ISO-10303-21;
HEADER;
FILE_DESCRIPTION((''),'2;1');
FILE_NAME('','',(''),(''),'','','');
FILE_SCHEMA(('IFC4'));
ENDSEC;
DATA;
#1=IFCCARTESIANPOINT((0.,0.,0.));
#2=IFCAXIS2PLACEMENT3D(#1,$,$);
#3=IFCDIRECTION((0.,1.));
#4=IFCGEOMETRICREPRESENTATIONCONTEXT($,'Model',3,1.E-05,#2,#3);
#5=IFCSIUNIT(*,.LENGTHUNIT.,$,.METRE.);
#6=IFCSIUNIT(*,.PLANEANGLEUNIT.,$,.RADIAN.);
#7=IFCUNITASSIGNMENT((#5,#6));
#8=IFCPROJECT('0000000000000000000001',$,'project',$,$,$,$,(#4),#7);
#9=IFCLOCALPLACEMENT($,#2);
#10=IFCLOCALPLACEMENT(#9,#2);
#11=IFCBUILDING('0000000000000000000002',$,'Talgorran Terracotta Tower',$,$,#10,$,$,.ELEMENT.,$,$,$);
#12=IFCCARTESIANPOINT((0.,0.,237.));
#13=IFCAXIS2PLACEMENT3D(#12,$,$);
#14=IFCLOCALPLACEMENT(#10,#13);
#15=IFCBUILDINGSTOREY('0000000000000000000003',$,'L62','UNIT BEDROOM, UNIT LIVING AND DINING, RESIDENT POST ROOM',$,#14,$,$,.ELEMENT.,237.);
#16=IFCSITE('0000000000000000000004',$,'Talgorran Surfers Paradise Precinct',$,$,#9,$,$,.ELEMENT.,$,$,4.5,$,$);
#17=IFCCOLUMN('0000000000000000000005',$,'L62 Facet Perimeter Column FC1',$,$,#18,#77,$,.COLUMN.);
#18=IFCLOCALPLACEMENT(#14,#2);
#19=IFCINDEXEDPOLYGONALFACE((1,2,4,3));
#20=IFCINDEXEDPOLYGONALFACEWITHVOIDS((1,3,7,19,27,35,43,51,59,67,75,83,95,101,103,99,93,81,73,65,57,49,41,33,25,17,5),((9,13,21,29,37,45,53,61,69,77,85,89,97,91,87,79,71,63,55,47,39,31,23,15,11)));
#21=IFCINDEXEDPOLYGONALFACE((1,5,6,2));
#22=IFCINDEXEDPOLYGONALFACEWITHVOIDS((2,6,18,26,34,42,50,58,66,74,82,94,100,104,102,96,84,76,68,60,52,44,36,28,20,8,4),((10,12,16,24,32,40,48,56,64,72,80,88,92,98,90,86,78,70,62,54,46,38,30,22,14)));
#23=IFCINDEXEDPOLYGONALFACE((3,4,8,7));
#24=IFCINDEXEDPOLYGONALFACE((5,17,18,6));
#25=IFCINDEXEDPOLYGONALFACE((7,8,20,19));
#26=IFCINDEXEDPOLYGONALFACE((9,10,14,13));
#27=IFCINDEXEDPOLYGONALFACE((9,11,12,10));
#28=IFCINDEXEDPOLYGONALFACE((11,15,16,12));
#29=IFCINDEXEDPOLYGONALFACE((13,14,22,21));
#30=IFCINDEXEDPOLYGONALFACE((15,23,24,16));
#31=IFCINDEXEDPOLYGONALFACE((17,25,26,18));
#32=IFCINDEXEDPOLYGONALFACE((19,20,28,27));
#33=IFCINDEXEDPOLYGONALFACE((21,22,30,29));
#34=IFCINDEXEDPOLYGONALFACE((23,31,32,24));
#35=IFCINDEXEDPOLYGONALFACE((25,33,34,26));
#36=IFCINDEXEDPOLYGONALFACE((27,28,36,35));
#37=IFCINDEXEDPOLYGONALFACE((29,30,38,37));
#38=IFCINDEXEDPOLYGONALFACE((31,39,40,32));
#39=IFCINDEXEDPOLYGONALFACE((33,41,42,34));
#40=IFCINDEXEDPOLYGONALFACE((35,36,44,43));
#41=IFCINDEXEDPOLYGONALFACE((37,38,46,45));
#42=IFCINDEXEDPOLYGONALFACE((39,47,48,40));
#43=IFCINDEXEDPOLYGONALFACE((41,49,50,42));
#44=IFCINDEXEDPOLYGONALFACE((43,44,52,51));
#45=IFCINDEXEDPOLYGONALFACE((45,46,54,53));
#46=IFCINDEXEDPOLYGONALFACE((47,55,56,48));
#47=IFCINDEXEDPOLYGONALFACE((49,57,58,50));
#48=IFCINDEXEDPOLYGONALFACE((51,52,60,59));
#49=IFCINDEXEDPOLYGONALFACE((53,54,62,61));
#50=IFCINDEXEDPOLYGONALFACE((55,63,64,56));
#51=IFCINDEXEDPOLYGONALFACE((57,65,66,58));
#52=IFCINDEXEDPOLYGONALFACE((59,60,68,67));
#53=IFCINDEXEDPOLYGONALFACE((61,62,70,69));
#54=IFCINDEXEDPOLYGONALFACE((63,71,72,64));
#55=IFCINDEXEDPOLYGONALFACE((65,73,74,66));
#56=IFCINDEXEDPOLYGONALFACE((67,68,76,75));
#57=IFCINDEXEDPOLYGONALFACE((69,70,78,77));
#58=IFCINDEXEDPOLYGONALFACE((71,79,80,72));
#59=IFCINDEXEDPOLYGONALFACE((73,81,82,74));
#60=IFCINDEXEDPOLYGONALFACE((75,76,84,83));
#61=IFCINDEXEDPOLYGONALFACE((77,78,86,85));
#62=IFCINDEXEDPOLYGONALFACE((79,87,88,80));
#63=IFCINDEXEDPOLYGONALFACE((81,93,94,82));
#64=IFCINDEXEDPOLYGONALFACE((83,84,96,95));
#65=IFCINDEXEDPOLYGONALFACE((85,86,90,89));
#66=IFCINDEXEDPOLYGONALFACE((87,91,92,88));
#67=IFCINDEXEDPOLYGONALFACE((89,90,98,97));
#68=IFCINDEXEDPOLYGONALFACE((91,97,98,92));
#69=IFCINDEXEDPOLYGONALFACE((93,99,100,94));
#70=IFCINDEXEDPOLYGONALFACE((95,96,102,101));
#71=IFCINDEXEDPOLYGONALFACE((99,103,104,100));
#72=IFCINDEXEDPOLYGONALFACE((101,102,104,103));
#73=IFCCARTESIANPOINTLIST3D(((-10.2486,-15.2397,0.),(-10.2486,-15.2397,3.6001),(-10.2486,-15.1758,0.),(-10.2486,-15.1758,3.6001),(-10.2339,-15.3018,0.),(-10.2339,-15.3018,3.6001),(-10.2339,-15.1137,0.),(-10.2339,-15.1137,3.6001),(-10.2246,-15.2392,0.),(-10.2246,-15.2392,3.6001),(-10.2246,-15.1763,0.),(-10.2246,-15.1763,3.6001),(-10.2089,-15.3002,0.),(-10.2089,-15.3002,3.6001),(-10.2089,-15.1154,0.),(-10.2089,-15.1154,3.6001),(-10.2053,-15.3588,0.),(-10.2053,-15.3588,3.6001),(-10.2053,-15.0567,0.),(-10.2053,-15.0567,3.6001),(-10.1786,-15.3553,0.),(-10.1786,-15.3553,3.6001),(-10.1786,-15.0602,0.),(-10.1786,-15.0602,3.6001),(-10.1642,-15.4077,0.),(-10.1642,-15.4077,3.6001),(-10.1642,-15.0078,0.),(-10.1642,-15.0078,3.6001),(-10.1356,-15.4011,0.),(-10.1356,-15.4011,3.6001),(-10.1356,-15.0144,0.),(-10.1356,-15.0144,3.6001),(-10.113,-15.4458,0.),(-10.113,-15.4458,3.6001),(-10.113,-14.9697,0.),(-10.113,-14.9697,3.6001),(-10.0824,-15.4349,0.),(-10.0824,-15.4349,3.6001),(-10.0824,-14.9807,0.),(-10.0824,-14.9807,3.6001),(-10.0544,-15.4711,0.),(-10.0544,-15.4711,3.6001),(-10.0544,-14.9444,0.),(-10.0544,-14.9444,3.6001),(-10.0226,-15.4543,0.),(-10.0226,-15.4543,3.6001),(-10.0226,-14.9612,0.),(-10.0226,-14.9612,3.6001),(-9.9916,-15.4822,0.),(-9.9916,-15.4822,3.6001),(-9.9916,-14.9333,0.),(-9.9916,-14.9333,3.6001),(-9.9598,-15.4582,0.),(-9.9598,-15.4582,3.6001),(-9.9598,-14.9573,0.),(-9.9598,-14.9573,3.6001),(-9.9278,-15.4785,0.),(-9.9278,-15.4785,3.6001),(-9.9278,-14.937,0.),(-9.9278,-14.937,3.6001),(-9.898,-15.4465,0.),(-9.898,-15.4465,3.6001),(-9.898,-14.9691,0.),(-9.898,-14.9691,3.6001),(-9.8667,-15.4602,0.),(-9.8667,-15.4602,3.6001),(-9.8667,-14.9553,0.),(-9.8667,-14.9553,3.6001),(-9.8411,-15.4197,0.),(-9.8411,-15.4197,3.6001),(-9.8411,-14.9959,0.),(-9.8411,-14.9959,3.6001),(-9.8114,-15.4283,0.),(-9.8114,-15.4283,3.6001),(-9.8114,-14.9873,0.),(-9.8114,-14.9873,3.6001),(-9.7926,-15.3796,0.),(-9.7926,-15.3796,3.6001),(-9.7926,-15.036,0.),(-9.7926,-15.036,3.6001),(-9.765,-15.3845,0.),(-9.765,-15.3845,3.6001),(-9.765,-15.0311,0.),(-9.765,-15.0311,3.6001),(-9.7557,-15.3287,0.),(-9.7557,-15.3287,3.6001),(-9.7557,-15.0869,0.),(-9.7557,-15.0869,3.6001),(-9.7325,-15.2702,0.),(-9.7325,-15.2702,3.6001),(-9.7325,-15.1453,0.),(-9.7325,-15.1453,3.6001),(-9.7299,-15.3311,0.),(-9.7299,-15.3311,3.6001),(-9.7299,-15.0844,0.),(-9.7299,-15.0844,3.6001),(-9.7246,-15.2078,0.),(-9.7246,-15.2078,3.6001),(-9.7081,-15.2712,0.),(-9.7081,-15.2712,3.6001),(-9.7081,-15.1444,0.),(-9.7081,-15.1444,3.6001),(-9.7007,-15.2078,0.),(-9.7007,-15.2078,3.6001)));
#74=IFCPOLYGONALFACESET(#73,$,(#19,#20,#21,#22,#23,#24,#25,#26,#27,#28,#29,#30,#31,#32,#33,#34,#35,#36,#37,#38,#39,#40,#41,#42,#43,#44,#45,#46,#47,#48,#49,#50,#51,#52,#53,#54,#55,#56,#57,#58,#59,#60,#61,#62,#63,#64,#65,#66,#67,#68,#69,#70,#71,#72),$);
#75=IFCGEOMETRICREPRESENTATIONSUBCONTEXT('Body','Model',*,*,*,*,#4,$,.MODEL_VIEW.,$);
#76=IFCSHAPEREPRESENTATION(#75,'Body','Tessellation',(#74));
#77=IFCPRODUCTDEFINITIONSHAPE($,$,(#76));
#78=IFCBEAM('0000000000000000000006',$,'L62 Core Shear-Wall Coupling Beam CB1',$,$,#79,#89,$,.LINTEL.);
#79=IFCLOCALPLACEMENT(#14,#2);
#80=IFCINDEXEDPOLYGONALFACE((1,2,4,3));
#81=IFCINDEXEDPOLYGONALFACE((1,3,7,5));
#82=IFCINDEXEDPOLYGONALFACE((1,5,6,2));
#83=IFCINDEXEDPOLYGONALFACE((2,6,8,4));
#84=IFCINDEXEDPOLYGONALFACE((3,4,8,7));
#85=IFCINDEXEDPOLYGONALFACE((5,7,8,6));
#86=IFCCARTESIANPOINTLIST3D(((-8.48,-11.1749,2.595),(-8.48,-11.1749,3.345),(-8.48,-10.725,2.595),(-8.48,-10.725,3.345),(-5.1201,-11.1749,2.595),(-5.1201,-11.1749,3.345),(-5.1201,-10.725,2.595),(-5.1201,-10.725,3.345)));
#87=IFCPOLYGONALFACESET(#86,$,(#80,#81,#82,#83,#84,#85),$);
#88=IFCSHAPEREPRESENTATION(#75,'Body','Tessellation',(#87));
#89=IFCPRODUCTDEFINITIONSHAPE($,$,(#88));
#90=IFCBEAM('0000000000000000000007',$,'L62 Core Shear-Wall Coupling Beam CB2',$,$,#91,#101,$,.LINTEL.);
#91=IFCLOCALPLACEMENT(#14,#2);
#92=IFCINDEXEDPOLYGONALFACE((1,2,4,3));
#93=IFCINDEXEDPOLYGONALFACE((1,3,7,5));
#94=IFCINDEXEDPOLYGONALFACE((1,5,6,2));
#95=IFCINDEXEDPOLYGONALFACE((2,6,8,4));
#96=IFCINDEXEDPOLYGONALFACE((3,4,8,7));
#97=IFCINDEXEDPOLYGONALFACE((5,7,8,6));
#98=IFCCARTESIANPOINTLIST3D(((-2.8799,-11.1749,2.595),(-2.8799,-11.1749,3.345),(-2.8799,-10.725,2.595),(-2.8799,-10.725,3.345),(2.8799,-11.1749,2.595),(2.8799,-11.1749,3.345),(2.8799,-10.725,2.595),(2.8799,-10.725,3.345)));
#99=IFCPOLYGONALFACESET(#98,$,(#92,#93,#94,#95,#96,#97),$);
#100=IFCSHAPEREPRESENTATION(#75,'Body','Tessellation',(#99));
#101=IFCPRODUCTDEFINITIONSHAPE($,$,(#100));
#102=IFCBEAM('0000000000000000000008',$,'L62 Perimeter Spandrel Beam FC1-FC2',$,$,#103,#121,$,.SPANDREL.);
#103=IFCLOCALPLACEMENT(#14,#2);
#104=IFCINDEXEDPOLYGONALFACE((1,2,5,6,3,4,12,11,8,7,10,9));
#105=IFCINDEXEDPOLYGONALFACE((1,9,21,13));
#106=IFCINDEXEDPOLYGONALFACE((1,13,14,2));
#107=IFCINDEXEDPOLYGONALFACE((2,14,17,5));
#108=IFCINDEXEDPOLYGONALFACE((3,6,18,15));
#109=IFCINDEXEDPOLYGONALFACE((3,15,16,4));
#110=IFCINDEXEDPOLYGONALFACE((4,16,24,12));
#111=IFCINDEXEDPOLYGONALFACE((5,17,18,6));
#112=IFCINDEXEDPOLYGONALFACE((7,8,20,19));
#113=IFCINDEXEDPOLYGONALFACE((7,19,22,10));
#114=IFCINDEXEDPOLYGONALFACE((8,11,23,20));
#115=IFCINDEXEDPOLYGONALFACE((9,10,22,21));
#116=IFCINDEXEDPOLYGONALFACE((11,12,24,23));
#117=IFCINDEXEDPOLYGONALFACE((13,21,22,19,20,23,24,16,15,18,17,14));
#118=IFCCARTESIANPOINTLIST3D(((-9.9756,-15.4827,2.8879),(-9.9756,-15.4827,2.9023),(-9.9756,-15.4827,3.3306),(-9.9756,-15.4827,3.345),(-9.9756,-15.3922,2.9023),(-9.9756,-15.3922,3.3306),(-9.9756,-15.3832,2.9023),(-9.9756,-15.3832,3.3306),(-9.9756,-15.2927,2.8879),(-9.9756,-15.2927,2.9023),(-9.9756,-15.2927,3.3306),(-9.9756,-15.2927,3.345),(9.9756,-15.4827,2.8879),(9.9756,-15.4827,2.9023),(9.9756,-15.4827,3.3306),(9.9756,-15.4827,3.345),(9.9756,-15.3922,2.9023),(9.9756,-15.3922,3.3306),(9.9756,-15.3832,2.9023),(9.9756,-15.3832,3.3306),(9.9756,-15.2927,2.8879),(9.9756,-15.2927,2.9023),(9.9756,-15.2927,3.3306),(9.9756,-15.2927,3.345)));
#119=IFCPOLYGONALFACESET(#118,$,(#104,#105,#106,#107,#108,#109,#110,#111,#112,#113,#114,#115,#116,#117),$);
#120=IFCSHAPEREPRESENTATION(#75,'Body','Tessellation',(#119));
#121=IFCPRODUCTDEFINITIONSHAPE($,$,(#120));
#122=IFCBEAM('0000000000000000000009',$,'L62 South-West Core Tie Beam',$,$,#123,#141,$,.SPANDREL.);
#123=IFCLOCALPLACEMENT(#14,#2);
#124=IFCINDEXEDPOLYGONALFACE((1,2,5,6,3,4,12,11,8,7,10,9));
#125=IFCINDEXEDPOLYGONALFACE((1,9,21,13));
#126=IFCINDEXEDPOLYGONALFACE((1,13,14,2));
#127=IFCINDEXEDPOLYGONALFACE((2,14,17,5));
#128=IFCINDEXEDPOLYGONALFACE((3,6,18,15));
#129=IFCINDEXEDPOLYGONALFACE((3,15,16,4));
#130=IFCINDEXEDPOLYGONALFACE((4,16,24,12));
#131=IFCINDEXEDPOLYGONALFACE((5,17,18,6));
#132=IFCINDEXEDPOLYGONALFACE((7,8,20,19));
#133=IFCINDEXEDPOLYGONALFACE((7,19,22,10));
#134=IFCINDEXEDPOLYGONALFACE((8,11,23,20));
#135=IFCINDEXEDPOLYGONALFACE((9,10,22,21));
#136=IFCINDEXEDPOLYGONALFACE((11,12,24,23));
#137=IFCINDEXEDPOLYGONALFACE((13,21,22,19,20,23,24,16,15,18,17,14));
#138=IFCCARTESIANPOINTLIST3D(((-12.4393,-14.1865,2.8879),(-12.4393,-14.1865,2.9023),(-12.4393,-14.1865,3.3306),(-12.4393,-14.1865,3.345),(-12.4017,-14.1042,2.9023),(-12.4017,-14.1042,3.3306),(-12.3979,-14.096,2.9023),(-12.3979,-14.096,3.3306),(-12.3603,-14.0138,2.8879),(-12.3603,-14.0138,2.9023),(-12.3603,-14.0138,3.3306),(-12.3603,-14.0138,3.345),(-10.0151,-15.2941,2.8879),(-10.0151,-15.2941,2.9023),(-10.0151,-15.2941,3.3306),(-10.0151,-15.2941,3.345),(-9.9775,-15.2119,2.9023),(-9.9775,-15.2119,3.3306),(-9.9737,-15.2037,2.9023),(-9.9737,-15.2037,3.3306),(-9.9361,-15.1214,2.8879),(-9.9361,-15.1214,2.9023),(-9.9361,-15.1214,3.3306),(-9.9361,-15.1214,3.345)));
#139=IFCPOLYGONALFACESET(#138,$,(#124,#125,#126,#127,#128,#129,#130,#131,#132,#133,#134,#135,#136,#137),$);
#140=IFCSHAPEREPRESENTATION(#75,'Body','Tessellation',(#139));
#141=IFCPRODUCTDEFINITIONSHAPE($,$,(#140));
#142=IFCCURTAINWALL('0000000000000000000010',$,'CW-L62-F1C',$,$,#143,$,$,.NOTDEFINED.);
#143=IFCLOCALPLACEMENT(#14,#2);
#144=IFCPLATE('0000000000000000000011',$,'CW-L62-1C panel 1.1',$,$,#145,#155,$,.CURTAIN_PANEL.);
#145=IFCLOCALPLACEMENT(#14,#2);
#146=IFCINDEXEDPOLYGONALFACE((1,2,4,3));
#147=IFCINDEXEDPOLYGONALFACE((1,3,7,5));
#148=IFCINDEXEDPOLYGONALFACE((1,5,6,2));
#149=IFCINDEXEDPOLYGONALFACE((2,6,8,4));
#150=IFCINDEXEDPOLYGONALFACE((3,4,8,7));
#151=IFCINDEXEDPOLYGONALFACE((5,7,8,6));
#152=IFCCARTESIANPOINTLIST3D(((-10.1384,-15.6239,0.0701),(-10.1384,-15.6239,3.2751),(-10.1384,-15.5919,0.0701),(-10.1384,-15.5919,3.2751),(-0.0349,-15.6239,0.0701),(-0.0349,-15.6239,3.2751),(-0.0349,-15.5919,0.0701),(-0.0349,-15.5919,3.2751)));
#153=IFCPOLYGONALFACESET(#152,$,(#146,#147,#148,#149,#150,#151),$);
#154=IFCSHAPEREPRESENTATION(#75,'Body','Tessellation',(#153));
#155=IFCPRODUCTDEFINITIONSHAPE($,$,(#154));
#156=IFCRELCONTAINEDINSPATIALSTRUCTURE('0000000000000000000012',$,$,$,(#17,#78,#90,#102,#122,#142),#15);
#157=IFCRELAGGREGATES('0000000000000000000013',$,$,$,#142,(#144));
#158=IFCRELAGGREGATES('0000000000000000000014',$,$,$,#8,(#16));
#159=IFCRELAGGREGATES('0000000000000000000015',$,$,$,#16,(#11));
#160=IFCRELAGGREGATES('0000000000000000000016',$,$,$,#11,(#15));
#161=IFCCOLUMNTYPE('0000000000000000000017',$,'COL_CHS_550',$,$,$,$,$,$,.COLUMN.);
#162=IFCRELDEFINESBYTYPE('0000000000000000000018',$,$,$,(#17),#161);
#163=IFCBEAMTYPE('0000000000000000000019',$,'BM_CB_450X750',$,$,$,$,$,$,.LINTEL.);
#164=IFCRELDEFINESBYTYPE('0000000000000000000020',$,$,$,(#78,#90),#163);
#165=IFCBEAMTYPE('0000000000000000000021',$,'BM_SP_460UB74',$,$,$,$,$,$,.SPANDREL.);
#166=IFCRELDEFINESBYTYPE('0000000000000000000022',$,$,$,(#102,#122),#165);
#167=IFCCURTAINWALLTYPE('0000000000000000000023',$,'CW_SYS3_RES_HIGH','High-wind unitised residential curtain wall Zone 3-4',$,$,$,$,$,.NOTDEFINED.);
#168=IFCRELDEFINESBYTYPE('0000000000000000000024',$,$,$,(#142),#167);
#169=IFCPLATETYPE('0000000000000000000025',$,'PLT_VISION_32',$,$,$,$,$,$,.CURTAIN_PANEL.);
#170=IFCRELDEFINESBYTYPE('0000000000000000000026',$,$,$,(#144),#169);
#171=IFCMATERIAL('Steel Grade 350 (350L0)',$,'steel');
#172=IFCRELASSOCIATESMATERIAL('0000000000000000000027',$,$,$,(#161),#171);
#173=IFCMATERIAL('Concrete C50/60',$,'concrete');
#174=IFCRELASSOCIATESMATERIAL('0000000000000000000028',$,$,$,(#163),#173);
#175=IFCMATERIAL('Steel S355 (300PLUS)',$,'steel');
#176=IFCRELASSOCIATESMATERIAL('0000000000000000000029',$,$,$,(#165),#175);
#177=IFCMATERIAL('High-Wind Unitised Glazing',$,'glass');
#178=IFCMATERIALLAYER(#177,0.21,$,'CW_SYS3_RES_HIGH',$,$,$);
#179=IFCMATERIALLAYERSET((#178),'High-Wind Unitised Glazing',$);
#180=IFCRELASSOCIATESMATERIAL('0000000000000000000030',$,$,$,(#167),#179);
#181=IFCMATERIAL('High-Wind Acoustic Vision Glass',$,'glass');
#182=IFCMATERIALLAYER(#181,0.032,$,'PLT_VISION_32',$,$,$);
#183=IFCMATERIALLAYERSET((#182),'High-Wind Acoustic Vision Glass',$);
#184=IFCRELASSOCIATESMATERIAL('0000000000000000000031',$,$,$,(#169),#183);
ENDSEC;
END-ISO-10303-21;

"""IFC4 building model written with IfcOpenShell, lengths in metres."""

from ifc_helpers import new_model, si_unit, direction, frame, origin, origin_2d, place, context, subcontext, project, spatial, rectangle, hollow_circle, i_section, extrude, source, transform, mapped, material, layer, layer_set, material_profile, profile_set, type_object, type_shapes, element, aggregate, save


model = new_model("IFC4")

# Units and contexts
model_context = context("Model", 3, precision=1e-05, world=origin(), true_north=direction((0.0, 1.0)))
body_context = subcontext(model_context, "Body", "Model", "MODEL_VIEW")
ifc_project = project(units=[si_unit("LENGTHUNIT", "METRE"), si_unit("PLANEANGLEUNIT", "RADIAN")], contexts=[model_context])

# Site, building, storey
site_placement = place(None, origin())
site = spatial("IfcSite", under=ifc_project, at=site_placement, Name="Talgorran Surfers Paradise Precinct", CompositionType="ELEMENT", RefElevation=4.5)
building_placement = place(site_placement, origin())
building = spatial("IfcBuilding", under=site, at=building_placement, Name="Talgorran Terracotta Tower", CompositionType="ELEMENT")
storey_placement = place(building_placement, frame((0.0, 0.0, 237.0)))
storey = spatial("IfcBuildingStorey", under=building, at=storey_placement, Name="L62", Description="UNIT BEDROOM, UNIT LIVING AND DINING, RESIDENT POST ROOM", CompositionType="ELEMENT", Elevation=237.0)

# Column
ifc_material_1 = material(Name="Steel Grade 350 (350L0)", Category="steel")
ifc_material_profile_1 = material_profile(ifc_material_1, hollow_circle(Radius=0.2749, WallThickness=0.0239, at=origin_2d()), Name="CHS550X24")
ifc_profile_set_1 = profile_set([ifc_material_profile_1], Name="Steel Grade 350 (350L0)")
column_type = type_object("IfcColumnType", Name="COL_CHS_550", PredefinedType="COLUMN", material=ifc_profile_set_1)
column_placement = place(storey_placement, frame((-9.9756, -15.2078, 0.0), z_axis=(0.0, 0.0, 1.0), x_axis=(1.0, 0.0, 0.0)))
element("IfcColumn", 1, at=column_placement, inside=storey, type_object=column_type, Name="L62 Facet Perimeter Column FC1", PredefinedType="COLUMN", context=body_context, shape_type="SweptSolid", body=[
    extrude(hollow_circle(Radius=0.2749, WallThickness=0.0239, at=origin_2d()), origin(), (0.0, 0.0, 1.0), 3.6001),
])

# Beams
ifc_material_2 = material(Name="Concrete C50/60", Category="concrete")
ifc_material_profile_2 = material_profile(ifc_material_2, rectangle(XDim=0.45, YDim=0.75, at=origin_2d()), Name="RCCB450X750")
ifc_profile_set_2 = profile_set([ifc_material_profile_2], Name="Concrete C50/60")
beam_type_1 = type_object("IfcBeamType", Name="BM_CB_450X750", PredefinedType="LINTEL", material=ifc_profile_set_2)
beam_1_placement = place(storey_placement, frame((-8.48, -10.95, 2.97), z_axis=(1.0, 0.0, 0.0), x_axis=(0.0, 1.0, 0.0)))
element("IfcBeam", 2, at=beam_1_placement, inside=storey, type_object=beam_type_1, Name="L62 Core Shear-Wall Coupling Beam CB1", PredefinedType="LINTEL", context=body_context, shape_type="SweptSolid", body=[
    extrude(rectangle(XDim=0.45, YDim=0.75, at=origin_2d()), origin(), (0.0, 0.0, 1.0), 3.3599),
])
beam_2_placement = place(storey_placement, frame((-2.8799, -10.95, 2.97), z_axis=(1.0, 0.0, 0.0), x_axis=(0.0, 1.0, 0.0)))
element("IfcBeam", 3, at=beam_2_placement, inside=storey, type_object=beam_type_1, Name="L62 Core Shear-Wall Coupling Beam CB2", PredefinedType="LINTEL", context=body_context, shape_type="SweptSolid", body=[
    extrude(rectangle(XDim=0.45, YDim=0.75, at=origin_2d()), origin(), (0.0, 0.0, 1.0), 5.7598),
])
ifc_material_3 = material(Name="Steel S355 (300PLUS)", Category="steel")
ifc_material_profile_3 = material_profile(ifc_material_3, i_section(OverallWidth=0.1899, OverallDepth=0.457, WebThickness=0.009, FlangeThickness=0.0144, at=origin_2d()), Name="460UB74.6")
ifc_profile_set_3 = profile_set([ifc_material_profile_3], Name="Steel S355 (300PLUS)")
beam_type_2 = type_object("IfcBeamType", Name="BM_SP_460UB74", PredefinedType="SPANDREL", material=ifc_profile_set_3)
beam_3_placement = place(storey_placement, frame((-9.9756, -15.3877, 3.1165), z_axis=(1.0, 0.0, 0.0), x_axis=(0.0, 1.0, 0.0)))
element("IfcBeam", 4, at=beam_3_placement, inside=storey, type_object=beam_type_2, Name="L62 Perimeter Spandrel Beam FC1-FC2", PredefinedType="SPANDREL", context=body_context, shape_type="SweptSolid", body=[
    extrude(i_section(OverallWidth=0.1899, OverallDepth=0.457, WebThickness=0.009, FlangeThickness=0.0144, at=origin_2d()), origin(), (0.0, 0.0, 1.0), 19.9512),
])
beam_4_placement = place(storey_placement, frame((-9.9756, -15.2078, 3.1165), z_axis=(-0.909559, 0.415576, 0.0), x_axis=(-0.415576, -0.909559, 0.0)))
element("IfcBeam", 5, at=beam_4_placement, inside=storey, type_object=beam_type_2, Name="L62 South-West Core Tie Beam", PredefinedType="SPANDREL", context=body_context, shape_type="SweptSolid", body=[
    extrude(i_section(OverallWidth=0.1899, OverallDepth=0.457, WebThickness=0.009, FlangeThickness=0.0144, at=origin_2d()), origin(), (0.0, 0.0, 1.0), 2.6653),
])

# Curtain wall, plate
ifc_material_4 = material(Name="High-Wind Unitised Glazing", Category="glass")
ifc_layer_1 = layer(ifc_material_4, 0.21, Name="CW_SYS3_RES_HIGH")
ifc_layer_set_1 = layer_set([ifc_layer_1], Name="High-Wind Unitised Glazing")
curtain_wall_type = type_object("IfcCurtainWallType", Name="CW_SYS3_RES_HIGH", Description="High-wind unitised residential curtain wall Zone 3-4", PredefinedType="NOTDEFINED", material=ifc_layer_set_1)
curtain_wall_placement = place(storey_placement, origin())
curtain_wall = element("IfcCurtainWall", 6, at=curtain_wall_placement, inside=storey, type_object=curtain_wall_type, Name="CW-L62-F1C", PredefinedType="NOTDEFINED")
ifc_material_5 = material(Name="High-Wind Acoustic Vision Glass", Category="glass")
ifc_layer_2 = layer(ifc_material_5, 0.032, Name="PLT_VISION_32")
ifc_layer_set_2 = layer_set([ifc_layer_2], Name="High-Wind Acoustic Vision Glass")
plate_type = type_object("IfcPlateType", Name="PLT_VISION_32", PredefinedType="CURTAIN_PANEL", material=ifc_layer_set_2)
shared_shape = source(origin(), body_context, "Body", "SweptSolid", [
    extrude(rectangle(XDim=10.1035, YDim=0.032, at=origin_2d()), origin(), (0.0, 0.0, 1.0), 3.2051),
])
type_shapes(plate_type, [shared_shape])
plate_placement = place(storey_placement, frame((-5.0867, -15.6079, 0.0701), z_axis=(0.0, 0.0, 1.0), x_axis=(1.0, 0.0, 0.0)))
plate = element("IfcPlate", 7, at=plate_placement, type_object=plate_type, Name="CW-L62-1C panel 1.1", PredefinedType="CURTAIN_PANEL", context=body_context, shape_type="MappedRepresentation", body=[
    mapped(shared_shape, transform((0.0, 0.0, 0.0), scale=1.0)),
])
aggregate(curtain_wall, [plate])

save(model, "model.ifc")
